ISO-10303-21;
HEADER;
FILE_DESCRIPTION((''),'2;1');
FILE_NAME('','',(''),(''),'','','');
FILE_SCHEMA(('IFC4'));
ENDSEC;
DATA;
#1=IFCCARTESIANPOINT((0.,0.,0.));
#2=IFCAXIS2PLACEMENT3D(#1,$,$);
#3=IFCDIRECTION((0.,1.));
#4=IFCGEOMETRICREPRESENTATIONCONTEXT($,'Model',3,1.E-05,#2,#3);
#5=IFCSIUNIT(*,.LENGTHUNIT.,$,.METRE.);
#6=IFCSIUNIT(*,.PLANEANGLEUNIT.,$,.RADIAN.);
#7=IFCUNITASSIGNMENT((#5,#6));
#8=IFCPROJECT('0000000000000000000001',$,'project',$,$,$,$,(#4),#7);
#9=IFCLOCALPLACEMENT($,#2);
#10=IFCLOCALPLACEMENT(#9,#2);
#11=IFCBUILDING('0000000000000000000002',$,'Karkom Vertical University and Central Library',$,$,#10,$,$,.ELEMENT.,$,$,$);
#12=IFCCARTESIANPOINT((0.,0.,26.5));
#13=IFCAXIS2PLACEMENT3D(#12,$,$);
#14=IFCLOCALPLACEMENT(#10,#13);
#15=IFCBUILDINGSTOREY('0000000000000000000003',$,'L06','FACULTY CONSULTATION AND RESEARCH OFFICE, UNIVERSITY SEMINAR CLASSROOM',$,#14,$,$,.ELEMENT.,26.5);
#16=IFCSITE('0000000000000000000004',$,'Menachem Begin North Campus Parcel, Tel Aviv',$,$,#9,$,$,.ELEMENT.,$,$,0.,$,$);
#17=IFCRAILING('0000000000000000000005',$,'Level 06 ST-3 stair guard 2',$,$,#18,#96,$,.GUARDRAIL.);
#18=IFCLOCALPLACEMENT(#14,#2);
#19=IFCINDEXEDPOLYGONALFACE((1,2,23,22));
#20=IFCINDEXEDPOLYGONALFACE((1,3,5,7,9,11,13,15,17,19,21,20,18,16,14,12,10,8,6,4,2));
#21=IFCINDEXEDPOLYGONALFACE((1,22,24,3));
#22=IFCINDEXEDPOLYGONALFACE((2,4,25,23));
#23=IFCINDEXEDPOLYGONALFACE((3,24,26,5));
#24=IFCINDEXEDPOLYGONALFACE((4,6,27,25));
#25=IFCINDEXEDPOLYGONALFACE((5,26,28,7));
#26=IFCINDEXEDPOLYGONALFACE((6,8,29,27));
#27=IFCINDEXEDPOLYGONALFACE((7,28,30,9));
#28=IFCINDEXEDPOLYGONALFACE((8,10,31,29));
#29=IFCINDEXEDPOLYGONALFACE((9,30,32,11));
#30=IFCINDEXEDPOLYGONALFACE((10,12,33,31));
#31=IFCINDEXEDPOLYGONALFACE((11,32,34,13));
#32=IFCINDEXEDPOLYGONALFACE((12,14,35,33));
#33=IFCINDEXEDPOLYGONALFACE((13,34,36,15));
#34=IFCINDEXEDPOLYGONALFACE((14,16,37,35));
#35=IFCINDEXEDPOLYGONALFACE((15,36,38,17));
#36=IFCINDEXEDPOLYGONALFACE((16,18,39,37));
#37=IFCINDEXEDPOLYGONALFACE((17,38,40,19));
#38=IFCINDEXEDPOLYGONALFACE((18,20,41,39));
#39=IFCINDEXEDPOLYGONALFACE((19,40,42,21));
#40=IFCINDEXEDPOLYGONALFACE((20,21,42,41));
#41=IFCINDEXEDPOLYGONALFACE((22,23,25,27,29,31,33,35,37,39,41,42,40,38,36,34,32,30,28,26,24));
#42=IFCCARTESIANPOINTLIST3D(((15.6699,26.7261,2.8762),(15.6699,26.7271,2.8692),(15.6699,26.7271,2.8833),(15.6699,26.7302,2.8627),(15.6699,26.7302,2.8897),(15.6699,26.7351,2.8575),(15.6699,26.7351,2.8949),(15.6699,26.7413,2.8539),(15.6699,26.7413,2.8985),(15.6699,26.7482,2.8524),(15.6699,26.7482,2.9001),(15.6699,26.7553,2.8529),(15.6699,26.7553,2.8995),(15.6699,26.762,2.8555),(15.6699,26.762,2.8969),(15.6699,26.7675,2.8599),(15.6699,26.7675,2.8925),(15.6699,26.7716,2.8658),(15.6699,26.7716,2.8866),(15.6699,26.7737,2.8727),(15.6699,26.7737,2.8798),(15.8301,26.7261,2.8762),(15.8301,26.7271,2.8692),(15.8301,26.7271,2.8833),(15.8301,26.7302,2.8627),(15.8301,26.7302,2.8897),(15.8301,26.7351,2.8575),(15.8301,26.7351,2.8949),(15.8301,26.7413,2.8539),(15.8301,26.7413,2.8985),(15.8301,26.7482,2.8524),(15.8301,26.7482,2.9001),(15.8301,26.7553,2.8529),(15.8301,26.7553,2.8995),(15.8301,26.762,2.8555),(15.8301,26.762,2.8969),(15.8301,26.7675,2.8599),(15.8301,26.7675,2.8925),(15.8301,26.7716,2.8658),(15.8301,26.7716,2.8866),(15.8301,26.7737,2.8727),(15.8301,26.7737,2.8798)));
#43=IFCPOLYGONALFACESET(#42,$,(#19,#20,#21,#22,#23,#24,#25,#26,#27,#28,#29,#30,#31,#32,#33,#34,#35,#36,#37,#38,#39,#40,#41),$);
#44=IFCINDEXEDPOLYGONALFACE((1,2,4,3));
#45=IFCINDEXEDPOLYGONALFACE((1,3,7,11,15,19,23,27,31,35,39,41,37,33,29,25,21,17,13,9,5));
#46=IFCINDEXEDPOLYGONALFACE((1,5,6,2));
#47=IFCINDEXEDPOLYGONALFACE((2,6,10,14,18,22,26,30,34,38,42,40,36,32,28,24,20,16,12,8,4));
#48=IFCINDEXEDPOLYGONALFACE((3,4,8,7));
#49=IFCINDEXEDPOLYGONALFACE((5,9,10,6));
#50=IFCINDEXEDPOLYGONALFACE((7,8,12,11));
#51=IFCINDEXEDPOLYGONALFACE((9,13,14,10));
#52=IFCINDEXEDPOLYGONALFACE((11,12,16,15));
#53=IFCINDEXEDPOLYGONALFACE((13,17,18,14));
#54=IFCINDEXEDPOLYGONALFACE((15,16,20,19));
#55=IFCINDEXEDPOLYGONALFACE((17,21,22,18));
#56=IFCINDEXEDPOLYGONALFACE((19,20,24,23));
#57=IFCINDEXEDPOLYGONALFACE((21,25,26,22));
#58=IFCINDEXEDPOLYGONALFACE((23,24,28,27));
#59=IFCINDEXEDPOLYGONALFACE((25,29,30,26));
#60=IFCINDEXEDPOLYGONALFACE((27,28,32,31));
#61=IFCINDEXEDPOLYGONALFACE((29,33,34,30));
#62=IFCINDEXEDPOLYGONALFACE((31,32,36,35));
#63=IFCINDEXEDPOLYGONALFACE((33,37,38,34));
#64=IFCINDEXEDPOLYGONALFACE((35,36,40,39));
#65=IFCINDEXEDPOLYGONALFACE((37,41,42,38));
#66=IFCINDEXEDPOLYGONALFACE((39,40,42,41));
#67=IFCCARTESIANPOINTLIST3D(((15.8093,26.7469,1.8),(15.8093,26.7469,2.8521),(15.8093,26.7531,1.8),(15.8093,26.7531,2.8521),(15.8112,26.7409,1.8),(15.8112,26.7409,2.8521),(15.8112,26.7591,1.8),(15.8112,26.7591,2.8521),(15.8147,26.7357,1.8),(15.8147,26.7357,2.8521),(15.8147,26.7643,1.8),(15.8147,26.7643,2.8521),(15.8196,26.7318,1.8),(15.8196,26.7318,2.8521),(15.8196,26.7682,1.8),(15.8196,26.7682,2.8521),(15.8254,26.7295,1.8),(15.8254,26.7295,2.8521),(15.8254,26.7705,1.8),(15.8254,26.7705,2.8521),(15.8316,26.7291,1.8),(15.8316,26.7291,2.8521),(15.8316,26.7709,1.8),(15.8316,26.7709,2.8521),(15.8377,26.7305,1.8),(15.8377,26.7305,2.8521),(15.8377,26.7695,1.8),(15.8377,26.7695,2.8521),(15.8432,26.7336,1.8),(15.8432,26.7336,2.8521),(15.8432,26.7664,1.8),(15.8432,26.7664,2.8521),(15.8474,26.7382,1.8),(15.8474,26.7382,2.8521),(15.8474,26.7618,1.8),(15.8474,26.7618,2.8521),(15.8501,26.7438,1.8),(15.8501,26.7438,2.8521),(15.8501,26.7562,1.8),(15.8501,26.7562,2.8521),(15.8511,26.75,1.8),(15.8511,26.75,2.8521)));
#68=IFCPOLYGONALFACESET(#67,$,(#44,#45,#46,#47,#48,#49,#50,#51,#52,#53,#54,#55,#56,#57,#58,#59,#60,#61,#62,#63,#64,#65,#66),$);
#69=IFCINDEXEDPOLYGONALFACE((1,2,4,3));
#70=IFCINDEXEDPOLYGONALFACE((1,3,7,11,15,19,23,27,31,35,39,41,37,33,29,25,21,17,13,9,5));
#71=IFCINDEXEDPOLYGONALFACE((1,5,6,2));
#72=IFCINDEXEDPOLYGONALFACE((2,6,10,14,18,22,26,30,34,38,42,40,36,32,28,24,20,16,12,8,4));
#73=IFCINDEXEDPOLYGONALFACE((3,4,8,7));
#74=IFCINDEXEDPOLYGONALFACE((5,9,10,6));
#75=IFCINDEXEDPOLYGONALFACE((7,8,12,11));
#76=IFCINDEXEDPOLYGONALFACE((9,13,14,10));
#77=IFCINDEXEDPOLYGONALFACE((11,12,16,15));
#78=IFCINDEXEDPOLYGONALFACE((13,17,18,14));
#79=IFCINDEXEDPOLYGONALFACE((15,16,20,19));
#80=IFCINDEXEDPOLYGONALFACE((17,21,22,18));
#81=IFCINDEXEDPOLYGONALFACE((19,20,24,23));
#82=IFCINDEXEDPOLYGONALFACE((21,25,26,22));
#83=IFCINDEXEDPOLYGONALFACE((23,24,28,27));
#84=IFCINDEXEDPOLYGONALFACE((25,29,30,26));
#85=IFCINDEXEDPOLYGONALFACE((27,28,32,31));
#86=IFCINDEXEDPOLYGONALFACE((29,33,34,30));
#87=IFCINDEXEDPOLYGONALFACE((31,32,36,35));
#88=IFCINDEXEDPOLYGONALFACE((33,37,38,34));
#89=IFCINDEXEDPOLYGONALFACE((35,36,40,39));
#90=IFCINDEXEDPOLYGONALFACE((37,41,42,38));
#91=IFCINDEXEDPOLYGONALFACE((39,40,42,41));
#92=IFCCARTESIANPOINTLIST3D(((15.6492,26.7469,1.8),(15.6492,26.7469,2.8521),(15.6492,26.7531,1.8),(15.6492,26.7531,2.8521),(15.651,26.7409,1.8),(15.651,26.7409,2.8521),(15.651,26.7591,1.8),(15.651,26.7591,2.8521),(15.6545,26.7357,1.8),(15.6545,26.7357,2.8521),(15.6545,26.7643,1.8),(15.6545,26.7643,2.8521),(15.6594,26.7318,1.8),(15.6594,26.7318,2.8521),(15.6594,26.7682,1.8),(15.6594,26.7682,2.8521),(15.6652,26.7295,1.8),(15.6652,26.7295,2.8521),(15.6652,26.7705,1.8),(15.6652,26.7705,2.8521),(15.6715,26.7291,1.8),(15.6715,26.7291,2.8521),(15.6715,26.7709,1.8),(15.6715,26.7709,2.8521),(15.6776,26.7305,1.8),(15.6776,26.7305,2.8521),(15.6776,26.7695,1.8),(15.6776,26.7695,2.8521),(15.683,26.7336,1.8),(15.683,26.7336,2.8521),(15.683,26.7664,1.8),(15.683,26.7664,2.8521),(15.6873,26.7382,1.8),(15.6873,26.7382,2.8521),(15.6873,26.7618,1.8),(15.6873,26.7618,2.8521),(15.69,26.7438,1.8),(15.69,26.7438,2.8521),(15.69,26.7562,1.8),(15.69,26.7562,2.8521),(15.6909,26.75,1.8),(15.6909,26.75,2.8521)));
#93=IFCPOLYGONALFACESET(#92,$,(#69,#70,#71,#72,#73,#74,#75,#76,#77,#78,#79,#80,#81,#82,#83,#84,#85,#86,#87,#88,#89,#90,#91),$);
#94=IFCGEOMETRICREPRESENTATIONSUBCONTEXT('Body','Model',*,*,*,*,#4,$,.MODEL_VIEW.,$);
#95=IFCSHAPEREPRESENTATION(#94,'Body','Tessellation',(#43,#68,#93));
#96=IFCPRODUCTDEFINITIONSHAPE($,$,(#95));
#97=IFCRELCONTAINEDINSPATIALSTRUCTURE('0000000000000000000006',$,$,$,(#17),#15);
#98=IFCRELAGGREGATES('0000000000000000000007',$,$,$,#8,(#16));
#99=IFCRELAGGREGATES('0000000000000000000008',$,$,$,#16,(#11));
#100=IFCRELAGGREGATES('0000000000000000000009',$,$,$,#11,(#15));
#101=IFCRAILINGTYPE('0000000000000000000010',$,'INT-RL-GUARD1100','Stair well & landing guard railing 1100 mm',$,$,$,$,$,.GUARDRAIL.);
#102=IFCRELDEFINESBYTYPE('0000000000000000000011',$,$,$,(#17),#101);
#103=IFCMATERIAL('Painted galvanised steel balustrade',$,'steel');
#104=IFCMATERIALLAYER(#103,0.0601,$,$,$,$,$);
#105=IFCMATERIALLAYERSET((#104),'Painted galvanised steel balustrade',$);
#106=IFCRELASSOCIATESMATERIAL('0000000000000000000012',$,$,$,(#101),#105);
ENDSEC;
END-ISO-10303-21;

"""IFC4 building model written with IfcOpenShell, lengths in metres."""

from ifc_helpers import new_model, si_unit, direction, frame, origin, origin_2d, place, context, subcontext, project, spatial, circle, extrude, material, layer, layer_set, type_object, element, save


model = new_model("IFC4")

# Units and contexts
model_context = context("Model", 3, precision=1e-05, world=origin(), true_north=direction((0.0, 1.0)))
body_context = subcontext(model_context, "Body", "Model", "MODEL_VIEW")
ifc_project = project(units=[si_unit("LENGTHUNIT", "METRE"), si_unit("PLANEANGLEUNIT", "RADIAN")], contexts=[model_context])

# Site, building, storey
site_placement = place(None, origin())
site = spatial("IfcSite", under=ifc_project, at=site_placement, Name="Menachem Begin North Campus Parcel, Tel Aviv", CompositionType="ELEMENT", RefElevation=0.0)
building_placement = place(site_placement, origin())
building = spatial("IfcBuilding", under=site, at=building_placement, Name="Karkom Vertical University and Central Library", CompositionType="ELEMENT")
storey_placement = place(building_placement, frame((0.0, 0.0, 26.5)))
storey = spatial("IfcBuildingStorey", under=building, at=storey_placement, Name="L06", Description="FACULTY CONSULTATION AND RESEARCH OFFICE, UNIVERSITY SEMINAR CLASSROOM", CompositionType="ELEMENT", Elevation=26.5)

# Railing
ifc_material_1 = material(Name="Painted galvanised steel balustrade", Category="steel")
ifc_layer_1 = layer(ifc_material_1, 0.0601)
ifc_layer_set_1 = layer_set([ifc_layer_1], Name="Painted galvanised steel balustrade")
railing_type_1 = type_object("IfcRailingType", Name="INT-RL-GUARD1100", Description="Stair well & landing guard railing 1100 mm", PredefinedType="GUARDRAIL", material=ifc_layer_set_1)
railing_1_placement = place(storey_placement, frame((15.8301, 26.75, 1.8)))
element("IfcRailing", 1, at=railing_1_placement, inside=storey, type_object=railing_type_1, Name="Level 06 ST-3 stair guard 2", PredefinedType="GUARDRAIL", context=body_context, shape_type="SweptSolid", body=[
    extrude(circle(Radius=0.0239, at=origin_2d()), frame((0.0, 0.0, 1.0762), z_axis=(-1.0, 0.0, 0.0), x_axis=(0.0, -1.0, 0.0)), (0.0, 0.0, 1.0), 0.1602),
    extrude(circle(Radius=0.021, at=origin_2d()), origin(), (0.0, 0.0, 1.0), 1.052),
    extrude(circle(Radius=0.021, at=origin_2d()), frame((-0.1602, 0.0, 0.0)), (0.0, 0.0, 1.0), 1.052),
])

save(model, "model.ifc")
